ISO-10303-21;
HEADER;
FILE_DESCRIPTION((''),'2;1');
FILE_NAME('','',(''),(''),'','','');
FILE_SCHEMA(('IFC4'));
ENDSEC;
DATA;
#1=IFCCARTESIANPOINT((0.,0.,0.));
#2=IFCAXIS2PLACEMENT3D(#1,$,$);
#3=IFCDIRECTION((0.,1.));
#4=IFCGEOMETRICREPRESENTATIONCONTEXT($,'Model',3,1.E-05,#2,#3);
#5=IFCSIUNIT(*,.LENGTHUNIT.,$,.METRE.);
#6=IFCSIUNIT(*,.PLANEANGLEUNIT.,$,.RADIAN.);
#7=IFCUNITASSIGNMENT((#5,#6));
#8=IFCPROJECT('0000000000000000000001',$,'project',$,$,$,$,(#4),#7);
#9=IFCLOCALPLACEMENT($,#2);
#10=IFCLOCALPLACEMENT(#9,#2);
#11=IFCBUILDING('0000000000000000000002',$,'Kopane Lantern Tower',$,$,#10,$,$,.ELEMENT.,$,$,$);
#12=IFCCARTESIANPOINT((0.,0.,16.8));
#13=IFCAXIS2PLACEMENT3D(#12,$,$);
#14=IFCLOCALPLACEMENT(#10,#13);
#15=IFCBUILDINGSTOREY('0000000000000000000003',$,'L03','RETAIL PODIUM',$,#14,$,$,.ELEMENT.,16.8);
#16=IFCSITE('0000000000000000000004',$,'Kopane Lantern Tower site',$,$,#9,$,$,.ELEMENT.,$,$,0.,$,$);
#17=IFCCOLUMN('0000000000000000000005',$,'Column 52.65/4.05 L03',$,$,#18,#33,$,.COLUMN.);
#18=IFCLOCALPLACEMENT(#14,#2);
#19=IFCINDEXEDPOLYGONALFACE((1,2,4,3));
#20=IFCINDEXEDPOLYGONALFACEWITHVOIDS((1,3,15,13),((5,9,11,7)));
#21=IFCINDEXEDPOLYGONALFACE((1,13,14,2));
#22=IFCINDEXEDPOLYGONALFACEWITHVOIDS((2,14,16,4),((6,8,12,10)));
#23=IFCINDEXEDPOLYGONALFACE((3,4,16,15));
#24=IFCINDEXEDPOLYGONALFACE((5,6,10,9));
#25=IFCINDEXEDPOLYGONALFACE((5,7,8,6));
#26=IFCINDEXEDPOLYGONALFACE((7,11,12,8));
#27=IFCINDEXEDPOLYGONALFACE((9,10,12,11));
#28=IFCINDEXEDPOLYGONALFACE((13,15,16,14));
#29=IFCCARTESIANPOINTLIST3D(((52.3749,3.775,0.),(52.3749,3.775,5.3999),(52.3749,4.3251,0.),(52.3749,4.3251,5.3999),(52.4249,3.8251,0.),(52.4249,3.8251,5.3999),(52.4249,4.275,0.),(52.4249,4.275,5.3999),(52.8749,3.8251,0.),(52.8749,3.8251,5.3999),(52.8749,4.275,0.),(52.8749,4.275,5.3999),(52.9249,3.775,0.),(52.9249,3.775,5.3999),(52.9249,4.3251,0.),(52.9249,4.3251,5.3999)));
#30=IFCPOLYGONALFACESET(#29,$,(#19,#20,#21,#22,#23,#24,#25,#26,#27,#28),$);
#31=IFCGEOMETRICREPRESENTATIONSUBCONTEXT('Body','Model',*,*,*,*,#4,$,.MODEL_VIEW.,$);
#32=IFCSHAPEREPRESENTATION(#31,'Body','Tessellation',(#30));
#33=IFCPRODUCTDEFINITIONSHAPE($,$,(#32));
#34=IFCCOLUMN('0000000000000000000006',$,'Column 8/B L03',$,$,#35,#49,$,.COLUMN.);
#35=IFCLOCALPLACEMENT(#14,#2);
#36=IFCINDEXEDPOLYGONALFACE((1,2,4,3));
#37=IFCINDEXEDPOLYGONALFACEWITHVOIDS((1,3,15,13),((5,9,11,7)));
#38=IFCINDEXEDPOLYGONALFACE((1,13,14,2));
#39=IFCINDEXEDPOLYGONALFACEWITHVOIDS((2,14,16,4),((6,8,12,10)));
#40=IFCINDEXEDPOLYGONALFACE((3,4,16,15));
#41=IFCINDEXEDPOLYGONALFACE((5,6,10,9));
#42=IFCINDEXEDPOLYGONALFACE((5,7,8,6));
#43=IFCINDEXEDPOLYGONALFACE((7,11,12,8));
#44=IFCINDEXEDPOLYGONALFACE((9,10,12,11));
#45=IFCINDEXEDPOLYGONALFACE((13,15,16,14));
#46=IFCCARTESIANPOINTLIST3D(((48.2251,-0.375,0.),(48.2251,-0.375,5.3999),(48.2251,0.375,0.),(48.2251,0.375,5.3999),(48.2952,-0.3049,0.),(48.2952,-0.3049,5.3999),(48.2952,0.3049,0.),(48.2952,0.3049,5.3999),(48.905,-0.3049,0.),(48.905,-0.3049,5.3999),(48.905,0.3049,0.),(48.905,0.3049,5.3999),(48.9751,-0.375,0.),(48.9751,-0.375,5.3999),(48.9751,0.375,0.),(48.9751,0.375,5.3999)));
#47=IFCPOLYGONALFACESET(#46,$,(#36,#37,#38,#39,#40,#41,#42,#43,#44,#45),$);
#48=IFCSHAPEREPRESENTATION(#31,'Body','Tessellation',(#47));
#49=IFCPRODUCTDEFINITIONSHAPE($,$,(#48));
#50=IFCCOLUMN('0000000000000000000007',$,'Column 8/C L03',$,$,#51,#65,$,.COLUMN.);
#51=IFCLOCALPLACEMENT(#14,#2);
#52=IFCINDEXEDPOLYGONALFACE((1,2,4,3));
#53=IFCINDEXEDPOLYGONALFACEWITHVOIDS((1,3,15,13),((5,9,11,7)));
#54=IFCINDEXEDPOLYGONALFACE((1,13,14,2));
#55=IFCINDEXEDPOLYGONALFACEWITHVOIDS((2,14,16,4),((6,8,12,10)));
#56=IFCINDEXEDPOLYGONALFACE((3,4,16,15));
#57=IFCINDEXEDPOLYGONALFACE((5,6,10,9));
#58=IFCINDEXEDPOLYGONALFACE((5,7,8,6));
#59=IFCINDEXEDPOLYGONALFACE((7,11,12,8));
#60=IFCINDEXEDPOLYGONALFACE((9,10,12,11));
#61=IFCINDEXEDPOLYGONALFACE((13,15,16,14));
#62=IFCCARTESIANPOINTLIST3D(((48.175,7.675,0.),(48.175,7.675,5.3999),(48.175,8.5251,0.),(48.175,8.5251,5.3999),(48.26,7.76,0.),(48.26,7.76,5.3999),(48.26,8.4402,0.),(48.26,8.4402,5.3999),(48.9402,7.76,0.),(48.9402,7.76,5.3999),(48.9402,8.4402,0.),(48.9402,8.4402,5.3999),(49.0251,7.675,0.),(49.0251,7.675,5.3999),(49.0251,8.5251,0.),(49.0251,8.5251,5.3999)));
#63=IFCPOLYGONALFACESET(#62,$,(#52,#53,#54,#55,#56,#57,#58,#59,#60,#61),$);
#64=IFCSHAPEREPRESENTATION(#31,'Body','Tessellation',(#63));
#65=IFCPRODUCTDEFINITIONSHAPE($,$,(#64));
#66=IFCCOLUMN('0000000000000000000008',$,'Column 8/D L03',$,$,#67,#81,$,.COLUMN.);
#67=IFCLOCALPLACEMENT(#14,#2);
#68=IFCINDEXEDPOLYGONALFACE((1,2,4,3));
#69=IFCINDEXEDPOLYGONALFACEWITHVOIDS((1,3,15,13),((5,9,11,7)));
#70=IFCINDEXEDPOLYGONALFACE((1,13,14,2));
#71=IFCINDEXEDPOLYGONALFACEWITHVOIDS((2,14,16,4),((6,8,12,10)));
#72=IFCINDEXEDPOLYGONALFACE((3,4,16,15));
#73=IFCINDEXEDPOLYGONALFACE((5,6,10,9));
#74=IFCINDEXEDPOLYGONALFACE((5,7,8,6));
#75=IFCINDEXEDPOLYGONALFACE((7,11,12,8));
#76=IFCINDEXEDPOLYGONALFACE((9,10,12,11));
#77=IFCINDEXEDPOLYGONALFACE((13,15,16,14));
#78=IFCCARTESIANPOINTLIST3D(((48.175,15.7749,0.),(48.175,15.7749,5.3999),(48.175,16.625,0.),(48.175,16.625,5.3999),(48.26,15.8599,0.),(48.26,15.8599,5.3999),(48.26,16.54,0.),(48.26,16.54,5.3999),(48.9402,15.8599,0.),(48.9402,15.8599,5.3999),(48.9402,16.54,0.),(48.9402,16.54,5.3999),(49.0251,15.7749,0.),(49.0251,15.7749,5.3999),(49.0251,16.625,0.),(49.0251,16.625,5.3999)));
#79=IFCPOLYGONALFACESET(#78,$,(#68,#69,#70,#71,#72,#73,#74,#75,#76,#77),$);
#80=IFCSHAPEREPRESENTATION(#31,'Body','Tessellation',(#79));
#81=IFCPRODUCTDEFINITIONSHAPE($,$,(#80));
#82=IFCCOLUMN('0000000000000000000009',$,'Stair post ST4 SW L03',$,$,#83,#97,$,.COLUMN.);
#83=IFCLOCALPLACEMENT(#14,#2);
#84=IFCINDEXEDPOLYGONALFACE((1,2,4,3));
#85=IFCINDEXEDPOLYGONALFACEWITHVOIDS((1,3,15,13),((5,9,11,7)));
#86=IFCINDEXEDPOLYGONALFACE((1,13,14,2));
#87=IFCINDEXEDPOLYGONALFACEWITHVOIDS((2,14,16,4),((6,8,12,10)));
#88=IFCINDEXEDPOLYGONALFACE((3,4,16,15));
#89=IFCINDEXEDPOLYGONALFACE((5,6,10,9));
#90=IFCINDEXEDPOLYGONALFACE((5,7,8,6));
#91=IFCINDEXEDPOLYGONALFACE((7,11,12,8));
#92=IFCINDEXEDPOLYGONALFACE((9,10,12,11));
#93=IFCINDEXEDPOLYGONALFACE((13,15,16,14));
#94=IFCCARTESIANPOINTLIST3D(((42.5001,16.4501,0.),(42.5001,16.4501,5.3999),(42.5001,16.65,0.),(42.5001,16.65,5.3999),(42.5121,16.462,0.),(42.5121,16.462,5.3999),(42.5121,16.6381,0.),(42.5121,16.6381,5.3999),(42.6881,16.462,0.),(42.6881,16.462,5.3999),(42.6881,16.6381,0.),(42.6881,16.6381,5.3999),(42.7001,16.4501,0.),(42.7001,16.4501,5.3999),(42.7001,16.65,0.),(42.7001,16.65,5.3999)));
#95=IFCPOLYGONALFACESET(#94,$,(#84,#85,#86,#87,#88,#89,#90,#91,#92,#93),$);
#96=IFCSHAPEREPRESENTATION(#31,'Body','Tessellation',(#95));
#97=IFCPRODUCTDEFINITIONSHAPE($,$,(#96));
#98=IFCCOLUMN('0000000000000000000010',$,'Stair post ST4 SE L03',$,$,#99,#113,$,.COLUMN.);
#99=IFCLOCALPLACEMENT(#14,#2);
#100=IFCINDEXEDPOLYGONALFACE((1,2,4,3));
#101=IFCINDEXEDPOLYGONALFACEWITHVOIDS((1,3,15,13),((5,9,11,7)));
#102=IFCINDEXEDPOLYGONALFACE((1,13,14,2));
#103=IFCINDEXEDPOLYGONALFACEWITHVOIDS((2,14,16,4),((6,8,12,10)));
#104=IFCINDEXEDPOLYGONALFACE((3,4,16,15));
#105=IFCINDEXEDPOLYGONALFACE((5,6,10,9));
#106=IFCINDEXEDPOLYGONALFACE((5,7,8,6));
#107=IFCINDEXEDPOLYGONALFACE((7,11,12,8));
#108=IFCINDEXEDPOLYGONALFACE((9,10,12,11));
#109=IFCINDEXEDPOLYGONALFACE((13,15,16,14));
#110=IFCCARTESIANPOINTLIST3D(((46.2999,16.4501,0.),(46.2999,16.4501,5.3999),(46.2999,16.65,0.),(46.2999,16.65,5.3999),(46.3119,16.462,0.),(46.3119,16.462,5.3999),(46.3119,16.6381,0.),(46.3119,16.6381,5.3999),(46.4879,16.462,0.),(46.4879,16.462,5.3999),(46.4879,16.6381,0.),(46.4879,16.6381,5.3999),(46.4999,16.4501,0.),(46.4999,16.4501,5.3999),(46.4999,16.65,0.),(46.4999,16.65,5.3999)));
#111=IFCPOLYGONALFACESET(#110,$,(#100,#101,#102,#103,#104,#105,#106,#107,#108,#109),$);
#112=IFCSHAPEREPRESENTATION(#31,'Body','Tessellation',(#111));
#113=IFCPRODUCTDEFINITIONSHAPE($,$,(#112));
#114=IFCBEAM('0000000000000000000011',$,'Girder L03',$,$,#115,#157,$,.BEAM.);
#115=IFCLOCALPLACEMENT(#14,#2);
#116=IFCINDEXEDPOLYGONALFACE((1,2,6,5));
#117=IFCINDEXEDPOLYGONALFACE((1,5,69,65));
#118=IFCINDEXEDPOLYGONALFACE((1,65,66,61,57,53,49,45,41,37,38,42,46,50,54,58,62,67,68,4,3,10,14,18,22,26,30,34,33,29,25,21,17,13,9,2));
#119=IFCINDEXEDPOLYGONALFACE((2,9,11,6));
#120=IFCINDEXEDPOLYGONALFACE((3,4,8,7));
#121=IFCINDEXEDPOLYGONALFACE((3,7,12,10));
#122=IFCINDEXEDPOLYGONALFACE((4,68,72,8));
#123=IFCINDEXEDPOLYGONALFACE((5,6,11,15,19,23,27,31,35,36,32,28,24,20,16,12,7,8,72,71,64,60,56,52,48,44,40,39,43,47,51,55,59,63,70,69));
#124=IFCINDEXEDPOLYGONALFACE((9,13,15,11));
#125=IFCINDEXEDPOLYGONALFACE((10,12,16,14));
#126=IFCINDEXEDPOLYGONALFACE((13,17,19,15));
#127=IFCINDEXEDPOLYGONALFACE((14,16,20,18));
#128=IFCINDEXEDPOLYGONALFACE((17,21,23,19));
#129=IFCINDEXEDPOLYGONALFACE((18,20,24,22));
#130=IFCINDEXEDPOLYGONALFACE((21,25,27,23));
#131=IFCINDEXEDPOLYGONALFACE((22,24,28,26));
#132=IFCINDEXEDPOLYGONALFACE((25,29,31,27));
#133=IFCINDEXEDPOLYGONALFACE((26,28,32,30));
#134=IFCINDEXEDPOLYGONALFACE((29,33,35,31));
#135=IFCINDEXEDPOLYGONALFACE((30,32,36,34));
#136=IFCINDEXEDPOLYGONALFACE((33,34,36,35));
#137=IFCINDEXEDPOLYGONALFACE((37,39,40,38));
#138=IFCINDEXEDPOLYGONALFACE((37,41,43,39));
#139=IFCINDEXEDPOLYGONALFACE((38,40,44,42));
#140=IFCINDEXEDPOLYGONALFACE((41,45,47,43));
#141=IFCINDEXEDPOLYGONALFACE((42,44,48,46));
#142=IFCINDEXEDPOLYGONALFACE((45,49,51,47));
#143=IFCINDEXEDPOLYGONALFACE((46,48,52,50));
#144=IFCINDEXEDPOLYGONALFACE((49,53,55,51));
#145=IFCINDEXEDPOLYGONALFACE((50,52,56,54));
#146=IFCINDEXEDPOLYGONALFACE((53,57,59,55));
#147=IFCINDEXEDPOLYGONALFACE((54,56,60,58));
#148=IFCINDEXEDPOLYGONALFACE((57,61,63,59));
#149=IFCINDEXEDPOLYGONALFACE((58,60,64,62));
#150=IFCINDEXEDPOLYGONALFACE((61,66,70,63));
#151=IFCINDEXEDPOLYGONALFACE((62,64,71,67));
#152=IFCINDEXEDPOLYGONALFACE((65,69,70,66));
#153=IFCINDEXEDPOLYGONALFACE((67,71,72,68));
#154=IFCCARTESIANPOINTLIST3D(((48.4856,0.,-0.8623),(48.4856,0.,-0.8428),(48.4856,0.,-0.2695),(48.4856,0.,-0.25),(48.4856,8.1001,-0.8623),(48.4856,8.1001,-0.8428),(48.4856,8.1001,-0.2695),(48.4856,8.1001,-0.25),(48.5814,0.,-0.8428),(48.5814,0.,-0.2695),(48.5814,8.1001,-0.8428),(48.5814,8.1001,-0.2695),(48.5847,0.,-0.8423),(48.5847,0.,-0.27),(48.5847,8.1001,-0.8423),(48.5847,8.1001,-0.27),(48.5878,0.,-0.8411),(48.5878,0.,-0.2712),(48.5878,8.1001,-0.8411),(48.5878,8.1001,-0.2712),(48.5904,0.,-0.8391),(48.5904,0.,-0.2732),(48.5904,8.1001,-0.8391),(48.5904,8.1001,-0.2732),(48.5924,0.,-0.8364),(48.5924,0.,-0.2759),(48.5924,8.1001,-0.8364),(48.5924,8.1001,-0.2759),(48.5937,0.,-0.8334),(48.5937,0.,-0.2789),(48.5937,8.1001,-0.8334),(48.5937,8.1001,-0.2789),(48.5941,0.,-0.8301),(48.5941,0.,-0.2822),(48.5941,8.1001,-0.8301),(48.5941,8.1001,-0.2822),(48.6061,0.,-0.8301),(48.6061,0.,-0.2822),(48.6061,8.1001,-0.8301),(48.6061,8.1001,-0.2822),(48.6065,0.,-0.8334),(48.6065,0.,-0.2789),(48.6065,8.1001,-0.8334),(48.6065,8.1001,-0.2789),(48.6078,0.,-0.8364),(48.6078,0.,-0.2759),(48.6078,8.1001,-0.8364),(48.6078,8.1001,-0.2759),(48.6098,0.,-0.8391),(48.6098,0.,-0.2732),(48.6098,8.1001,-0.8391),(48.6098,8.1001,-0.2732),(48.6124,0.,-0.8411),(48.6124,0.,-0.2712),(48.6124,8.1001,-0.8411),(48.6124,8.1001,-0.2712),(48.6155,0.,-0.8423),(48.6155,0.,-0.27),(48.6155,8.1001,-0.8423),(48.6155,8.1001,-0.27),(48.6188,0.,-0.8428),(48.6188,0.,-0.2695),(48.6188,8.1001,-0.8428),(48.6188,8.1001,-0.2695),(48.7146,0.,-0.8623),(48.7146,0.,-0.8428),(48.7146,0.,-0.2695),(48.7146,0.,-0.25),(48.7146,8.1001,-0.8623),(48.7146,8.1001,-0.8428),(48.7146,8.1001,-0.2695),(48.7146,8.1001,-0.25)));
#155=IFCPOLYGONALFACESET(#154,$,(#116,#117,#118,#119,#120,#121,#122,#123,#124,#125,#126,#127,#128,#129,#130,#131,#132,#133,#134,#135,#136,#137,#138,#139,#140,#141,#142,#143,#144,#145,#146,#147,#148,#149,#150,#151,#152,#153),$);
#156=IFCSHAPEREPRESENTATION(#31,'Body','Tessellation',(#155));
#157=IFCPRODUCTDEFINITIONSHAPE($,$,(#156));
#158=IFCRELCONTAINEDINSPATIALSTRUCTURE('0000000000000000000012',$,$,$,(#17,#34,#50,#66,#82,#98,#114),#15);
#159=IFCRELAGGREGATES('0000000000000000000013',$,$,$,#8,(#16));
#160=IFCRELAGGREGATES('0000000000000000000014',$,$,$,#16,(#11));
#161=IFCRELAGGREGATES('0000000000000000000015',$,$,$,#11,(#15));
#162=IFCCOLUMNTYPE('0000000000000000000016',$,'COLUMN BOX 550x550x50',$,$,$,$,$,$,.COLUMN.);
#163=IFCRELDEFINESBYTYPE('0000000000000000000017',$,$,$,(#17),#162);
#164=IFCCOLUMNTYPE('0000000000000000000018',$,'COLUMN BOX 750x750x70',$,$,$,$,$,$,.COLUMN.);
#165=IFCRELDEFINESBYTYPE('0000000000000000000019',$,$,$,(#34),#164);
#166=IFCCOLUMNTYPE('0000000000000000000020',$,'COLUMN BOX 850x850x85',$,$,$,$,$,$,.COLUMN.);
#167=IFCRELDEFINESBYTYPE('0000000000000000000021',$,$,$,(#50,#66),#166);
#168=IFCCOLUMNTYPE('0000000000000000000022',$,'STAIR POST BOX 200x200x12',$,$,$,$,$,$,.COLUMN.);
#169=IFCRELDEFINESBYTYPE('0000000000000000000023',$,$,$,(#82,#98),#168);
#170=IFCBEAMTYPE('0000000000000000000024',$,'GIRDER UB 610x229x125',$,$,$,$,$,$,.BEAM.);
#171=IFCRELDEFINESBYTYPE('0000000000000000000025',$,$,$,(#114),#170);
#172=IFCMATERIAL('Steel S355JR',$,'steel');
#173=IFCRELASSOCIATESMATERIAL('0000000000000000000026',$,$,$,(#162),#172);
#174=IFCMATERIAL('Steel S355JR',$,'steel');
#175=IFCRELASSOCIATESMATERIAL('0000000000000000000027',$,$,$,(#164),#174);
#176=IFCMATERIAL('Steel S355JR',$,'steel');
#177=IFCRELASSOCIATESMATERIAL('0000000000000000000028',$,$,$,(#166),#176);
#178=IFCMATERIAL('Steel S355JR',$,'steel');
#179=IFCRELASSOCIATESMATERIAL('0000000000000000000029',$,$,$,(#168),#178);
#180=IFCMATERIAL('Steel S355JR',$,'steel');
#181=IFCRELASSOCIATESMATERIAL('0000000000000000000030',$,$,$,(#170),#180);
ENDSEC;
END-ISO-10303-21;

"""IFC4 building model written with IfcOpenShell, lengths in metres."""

from ifc_helpers import new_model, si_unit, direction, frame, origin, origin_2d, place, context, subcontext, project, spatial, hollow_rectangle, i_section, extrude, material, material_profile, profile_set, type_object, element, save


model = new_model("IFC4")

# Units and contexts
model_context = context("Model", 3, precision=1e-05, world=origin(), true_north=direction((0.0, 1.0)))
body_context = subcontext(model_context, "Body", "Model", "MODEL_VIEW")
ifc_project = project(units=[si_unit("LENGTHUNIT", "METRE"), si_unit("PLANEANGLEUNIT", "RADIAN")], contexts=[model_context])

# Site, building, storey
site_placement = place(None, origin())
site = spatial("IfcSite", under=ifc_project, at=site_placement, Name="Kopane Lantern Tower site", CompositionType="ELEMENT", RefElevation=0.0)
building_placement = place(site_placement, origin())
building = spatial("IfcBuilding", under=site, at=building_placement, Name="Kopane Lantern Tower", CompositionType="ELEMENT")
storey_placement = place(building_placement, frame((0.0, 0.0, 16.8)))
storey = spatial("IfcBuildingStorey", under=building, at=storey_placement, Name="L03", Description="RETAIL PODIUM", CompositionType="ELEMENT", Elevation=16.8)

# Columns
ifc_material_1 = material(Name="Steel S355JR", Category="steel")
ifc_material_profile_1 = material_profile(ifc_material_1, hollow_rectangle(XDim=0.55, YDim=0.55, WallThickness=0.05, at=origin_2d()), Name="BOX 550x550x50")
ifc_profile_set_1 = profile_set([ifc_material_profile_1], Name="Steel S355JR")
column_type_1 = type_object("IfcColumnType", Name="COLUMN BOX 550x550x50", PredefinedType="COLUMN", material=ifc_profile_set_1)
column_1_placement = place(storey_placement, frame((52.6499, 4.05, 0.0), z_axis=(0.0, 0.0, 1.0), x_axis=(1.0, 0.0, 0.0)))
element("IfcColumn", 1, at=column_1_placement, inside=storey, type_object=column_type_1, Name="Column 52.65/4.05 L03", PredefinedType="COLUMN", context=body_context, shape_type="SweptSolid", body=[
    extrude(hollow_rectangle(XDim=0.55, YDim=0.55, WallThickness=0.05, at=origin_2d()), origin(), (0.0, 0.0, 1.0), 5.3999),
])
ifc_material_2 = material(Name="Steel S355JR", Category="steel")
ifc_material_profile_2 = material_profile(ifc_material_2, hollow_rectangle(XDim=0.75, YDim=0.75, WallThickness=0.0701, at=origin_2d()), Name="BOX 750x750x70")
ifc_profile_set_2 = profile_set([ifc_material_profile_2], Name="Steel S355JR")
column_type_2 = type_object("IfcColumnType", Name="COLUMN BOX 750x750x70", PredefinedType="COLUMN", material=ifc_profile_set_2)
column_2_placement = place(storey_placement, frame((48.6001, 0.0, 0.0), z_axis=(0.0, 0.0, 1.0), x_axis=(1.0, 0.0, 0.0)))
element("IfcColumn", 2, at=column_2_placement, inside=storey, type_object=column_type_2, Name="Column 8/B L03", PredefinedType="COLUMN", context=body_context, shape_type="SweptSolid", body=[
    extrude(hollow_rectangle(XDim=0.75, YDim=0.75, WallThickness=0.0701, at=origin_2d()), origin(), (0.0, 0.0, 1.0), 5.3999),
])
ifc_material_3 = material(Name="Steel S355JR", Category="steel")
ifc_material_profile_3 = material_profile(ifc_material_3, hollow_rectangle(XDim=0.8501, YDim=0.8501, WallThickness=0.085, at=origin_2d()), Name="BOX 850x850x85")
ifc_profile_set_3 = profile_set([ifc_material_profile_3], Name="Steel S355JR")
column_type_3 = type_object("IfcColumnType", Name="COLUMN BOX 850x850x85", PredefinedType="COLUMN", material=ifc_profile_set_3)
for number, where, z_axis, x_axis, name in (
    (3, (48.6001, 8.1001, 0.0), (0.0, 0.0, 1.0), (1.0, 0.0, 0.0), "Column 8/C L03"),
    (4, (48.6001, 16.2, 0.0), (0.0, 0.0, 1.0), (1.0, 0.0, 0.0), "Column 8/D L03"),
):
    element("IfcColumn", number, at=place(storey_placement, frame(where, z_axis=z_axis, x_axis=x_axis)), inside=storey, type_object=column_type_3, Name=name, PredefinedType="COLUMN", context=body_context, shape_type="SweptSolid", body=[
        extrude(hollow_rectangle(XDim=0.8501, YDim=0.8501, WallThickness=0.085, at=origin_2d()), origin(), (0.0, 0.0, 1.0), 5.3999),
    ])
ifc_material_4 = material(Name="Steel S355JR", Category="steel")
ifc_material_profile_4 = material_profile(ifc_material_4, hollow_rectangle(XDim=0.2, YDim=0.2, WallThickness=0.012, at=origin_2d()), Name="BOX 200x200x12")
ifc_profile_set_4 = profile_set([ifc_material_profile_4], Name="Steel S355JR")
column_type_4 = type_object("IfcColumnType", Name="STAIR POST BOX 200x200x12", PredefinedType="COLUMN", material=ifc_profile_set_4)
for number, where, z_axis, x_axis, name in (
    (5, (42.6001, 16.55, 0.0), (0.0, 0.0, 1.0), (1.0, 0.0, 0.0), "Stair post ST4 SW L03"),
    (6, (46.3999, 16.55, 0.0), (0.0, 0.0, 1.0), (1.0, 0.0, 0.0), "Stair post ST4 SE L03"),
):
    element("IfcColumn", number, at=place(storey_placement, frame(where, z_axis=z_axis, x_axis=x_axis)), inside=storey, type_object=column_type_4, Name=name, PredefinedType="COLUMN", context=body_context, shape_type="SweptSolid", body=[
        extrude(hollow_rectangle(XDim=0.2, YDim=0.2, WallThickness=0.012, at=origin_2d()), origin(), (0.0, 0.0, 1.0), 5.3999),
    ])

# Beam
ifc_material_5 = material(Name="Steel S355JR", Category="steel")
ifc_material_profile_5 = material_profile(ifc_material_5, i_section(OverallWidth=0.229, OverallDepth=0.6123, WebThickness=0.012, FlangeThickness=0.0195, FilletRadius=0.0127, at=origin_2d()), Name="UB 610x229x125")
ifc_profile_set_5 = profile_set([ifc_material_profile_5], Name="Steel S355JR")
beam_type_1 = type_object("IfcBeamType", Name="GIRDER UB 610x229x125", PredefinedType="BEAM", material=ifc_profile_set_5)
beam_1_placement = place(storey_placement, frame((48.6001, 0.0, -0.5562), z_axis=(0.0, 1.0, 0.0), x_axis=(-1.0, 0.0, 0.0)))
element("IfcBeam", 7, at=beam_1_placement, inside=storey, type_object=beam_type_1, Name="Girder L03", PredefinedType="BEAM", context=body_context, shape_type="SweptSolid", body=[
    extrude(i_section(OverallWidth=0.229, OverallDepth=0.6123, WebThickness=0.012, FlangeThickness=0.0195, FilletRadius=0.0127, at=origin_2d()), origin(), (0.0, 0.0, 1.0), 8.1001),
])

save(model, "model.ifc")
